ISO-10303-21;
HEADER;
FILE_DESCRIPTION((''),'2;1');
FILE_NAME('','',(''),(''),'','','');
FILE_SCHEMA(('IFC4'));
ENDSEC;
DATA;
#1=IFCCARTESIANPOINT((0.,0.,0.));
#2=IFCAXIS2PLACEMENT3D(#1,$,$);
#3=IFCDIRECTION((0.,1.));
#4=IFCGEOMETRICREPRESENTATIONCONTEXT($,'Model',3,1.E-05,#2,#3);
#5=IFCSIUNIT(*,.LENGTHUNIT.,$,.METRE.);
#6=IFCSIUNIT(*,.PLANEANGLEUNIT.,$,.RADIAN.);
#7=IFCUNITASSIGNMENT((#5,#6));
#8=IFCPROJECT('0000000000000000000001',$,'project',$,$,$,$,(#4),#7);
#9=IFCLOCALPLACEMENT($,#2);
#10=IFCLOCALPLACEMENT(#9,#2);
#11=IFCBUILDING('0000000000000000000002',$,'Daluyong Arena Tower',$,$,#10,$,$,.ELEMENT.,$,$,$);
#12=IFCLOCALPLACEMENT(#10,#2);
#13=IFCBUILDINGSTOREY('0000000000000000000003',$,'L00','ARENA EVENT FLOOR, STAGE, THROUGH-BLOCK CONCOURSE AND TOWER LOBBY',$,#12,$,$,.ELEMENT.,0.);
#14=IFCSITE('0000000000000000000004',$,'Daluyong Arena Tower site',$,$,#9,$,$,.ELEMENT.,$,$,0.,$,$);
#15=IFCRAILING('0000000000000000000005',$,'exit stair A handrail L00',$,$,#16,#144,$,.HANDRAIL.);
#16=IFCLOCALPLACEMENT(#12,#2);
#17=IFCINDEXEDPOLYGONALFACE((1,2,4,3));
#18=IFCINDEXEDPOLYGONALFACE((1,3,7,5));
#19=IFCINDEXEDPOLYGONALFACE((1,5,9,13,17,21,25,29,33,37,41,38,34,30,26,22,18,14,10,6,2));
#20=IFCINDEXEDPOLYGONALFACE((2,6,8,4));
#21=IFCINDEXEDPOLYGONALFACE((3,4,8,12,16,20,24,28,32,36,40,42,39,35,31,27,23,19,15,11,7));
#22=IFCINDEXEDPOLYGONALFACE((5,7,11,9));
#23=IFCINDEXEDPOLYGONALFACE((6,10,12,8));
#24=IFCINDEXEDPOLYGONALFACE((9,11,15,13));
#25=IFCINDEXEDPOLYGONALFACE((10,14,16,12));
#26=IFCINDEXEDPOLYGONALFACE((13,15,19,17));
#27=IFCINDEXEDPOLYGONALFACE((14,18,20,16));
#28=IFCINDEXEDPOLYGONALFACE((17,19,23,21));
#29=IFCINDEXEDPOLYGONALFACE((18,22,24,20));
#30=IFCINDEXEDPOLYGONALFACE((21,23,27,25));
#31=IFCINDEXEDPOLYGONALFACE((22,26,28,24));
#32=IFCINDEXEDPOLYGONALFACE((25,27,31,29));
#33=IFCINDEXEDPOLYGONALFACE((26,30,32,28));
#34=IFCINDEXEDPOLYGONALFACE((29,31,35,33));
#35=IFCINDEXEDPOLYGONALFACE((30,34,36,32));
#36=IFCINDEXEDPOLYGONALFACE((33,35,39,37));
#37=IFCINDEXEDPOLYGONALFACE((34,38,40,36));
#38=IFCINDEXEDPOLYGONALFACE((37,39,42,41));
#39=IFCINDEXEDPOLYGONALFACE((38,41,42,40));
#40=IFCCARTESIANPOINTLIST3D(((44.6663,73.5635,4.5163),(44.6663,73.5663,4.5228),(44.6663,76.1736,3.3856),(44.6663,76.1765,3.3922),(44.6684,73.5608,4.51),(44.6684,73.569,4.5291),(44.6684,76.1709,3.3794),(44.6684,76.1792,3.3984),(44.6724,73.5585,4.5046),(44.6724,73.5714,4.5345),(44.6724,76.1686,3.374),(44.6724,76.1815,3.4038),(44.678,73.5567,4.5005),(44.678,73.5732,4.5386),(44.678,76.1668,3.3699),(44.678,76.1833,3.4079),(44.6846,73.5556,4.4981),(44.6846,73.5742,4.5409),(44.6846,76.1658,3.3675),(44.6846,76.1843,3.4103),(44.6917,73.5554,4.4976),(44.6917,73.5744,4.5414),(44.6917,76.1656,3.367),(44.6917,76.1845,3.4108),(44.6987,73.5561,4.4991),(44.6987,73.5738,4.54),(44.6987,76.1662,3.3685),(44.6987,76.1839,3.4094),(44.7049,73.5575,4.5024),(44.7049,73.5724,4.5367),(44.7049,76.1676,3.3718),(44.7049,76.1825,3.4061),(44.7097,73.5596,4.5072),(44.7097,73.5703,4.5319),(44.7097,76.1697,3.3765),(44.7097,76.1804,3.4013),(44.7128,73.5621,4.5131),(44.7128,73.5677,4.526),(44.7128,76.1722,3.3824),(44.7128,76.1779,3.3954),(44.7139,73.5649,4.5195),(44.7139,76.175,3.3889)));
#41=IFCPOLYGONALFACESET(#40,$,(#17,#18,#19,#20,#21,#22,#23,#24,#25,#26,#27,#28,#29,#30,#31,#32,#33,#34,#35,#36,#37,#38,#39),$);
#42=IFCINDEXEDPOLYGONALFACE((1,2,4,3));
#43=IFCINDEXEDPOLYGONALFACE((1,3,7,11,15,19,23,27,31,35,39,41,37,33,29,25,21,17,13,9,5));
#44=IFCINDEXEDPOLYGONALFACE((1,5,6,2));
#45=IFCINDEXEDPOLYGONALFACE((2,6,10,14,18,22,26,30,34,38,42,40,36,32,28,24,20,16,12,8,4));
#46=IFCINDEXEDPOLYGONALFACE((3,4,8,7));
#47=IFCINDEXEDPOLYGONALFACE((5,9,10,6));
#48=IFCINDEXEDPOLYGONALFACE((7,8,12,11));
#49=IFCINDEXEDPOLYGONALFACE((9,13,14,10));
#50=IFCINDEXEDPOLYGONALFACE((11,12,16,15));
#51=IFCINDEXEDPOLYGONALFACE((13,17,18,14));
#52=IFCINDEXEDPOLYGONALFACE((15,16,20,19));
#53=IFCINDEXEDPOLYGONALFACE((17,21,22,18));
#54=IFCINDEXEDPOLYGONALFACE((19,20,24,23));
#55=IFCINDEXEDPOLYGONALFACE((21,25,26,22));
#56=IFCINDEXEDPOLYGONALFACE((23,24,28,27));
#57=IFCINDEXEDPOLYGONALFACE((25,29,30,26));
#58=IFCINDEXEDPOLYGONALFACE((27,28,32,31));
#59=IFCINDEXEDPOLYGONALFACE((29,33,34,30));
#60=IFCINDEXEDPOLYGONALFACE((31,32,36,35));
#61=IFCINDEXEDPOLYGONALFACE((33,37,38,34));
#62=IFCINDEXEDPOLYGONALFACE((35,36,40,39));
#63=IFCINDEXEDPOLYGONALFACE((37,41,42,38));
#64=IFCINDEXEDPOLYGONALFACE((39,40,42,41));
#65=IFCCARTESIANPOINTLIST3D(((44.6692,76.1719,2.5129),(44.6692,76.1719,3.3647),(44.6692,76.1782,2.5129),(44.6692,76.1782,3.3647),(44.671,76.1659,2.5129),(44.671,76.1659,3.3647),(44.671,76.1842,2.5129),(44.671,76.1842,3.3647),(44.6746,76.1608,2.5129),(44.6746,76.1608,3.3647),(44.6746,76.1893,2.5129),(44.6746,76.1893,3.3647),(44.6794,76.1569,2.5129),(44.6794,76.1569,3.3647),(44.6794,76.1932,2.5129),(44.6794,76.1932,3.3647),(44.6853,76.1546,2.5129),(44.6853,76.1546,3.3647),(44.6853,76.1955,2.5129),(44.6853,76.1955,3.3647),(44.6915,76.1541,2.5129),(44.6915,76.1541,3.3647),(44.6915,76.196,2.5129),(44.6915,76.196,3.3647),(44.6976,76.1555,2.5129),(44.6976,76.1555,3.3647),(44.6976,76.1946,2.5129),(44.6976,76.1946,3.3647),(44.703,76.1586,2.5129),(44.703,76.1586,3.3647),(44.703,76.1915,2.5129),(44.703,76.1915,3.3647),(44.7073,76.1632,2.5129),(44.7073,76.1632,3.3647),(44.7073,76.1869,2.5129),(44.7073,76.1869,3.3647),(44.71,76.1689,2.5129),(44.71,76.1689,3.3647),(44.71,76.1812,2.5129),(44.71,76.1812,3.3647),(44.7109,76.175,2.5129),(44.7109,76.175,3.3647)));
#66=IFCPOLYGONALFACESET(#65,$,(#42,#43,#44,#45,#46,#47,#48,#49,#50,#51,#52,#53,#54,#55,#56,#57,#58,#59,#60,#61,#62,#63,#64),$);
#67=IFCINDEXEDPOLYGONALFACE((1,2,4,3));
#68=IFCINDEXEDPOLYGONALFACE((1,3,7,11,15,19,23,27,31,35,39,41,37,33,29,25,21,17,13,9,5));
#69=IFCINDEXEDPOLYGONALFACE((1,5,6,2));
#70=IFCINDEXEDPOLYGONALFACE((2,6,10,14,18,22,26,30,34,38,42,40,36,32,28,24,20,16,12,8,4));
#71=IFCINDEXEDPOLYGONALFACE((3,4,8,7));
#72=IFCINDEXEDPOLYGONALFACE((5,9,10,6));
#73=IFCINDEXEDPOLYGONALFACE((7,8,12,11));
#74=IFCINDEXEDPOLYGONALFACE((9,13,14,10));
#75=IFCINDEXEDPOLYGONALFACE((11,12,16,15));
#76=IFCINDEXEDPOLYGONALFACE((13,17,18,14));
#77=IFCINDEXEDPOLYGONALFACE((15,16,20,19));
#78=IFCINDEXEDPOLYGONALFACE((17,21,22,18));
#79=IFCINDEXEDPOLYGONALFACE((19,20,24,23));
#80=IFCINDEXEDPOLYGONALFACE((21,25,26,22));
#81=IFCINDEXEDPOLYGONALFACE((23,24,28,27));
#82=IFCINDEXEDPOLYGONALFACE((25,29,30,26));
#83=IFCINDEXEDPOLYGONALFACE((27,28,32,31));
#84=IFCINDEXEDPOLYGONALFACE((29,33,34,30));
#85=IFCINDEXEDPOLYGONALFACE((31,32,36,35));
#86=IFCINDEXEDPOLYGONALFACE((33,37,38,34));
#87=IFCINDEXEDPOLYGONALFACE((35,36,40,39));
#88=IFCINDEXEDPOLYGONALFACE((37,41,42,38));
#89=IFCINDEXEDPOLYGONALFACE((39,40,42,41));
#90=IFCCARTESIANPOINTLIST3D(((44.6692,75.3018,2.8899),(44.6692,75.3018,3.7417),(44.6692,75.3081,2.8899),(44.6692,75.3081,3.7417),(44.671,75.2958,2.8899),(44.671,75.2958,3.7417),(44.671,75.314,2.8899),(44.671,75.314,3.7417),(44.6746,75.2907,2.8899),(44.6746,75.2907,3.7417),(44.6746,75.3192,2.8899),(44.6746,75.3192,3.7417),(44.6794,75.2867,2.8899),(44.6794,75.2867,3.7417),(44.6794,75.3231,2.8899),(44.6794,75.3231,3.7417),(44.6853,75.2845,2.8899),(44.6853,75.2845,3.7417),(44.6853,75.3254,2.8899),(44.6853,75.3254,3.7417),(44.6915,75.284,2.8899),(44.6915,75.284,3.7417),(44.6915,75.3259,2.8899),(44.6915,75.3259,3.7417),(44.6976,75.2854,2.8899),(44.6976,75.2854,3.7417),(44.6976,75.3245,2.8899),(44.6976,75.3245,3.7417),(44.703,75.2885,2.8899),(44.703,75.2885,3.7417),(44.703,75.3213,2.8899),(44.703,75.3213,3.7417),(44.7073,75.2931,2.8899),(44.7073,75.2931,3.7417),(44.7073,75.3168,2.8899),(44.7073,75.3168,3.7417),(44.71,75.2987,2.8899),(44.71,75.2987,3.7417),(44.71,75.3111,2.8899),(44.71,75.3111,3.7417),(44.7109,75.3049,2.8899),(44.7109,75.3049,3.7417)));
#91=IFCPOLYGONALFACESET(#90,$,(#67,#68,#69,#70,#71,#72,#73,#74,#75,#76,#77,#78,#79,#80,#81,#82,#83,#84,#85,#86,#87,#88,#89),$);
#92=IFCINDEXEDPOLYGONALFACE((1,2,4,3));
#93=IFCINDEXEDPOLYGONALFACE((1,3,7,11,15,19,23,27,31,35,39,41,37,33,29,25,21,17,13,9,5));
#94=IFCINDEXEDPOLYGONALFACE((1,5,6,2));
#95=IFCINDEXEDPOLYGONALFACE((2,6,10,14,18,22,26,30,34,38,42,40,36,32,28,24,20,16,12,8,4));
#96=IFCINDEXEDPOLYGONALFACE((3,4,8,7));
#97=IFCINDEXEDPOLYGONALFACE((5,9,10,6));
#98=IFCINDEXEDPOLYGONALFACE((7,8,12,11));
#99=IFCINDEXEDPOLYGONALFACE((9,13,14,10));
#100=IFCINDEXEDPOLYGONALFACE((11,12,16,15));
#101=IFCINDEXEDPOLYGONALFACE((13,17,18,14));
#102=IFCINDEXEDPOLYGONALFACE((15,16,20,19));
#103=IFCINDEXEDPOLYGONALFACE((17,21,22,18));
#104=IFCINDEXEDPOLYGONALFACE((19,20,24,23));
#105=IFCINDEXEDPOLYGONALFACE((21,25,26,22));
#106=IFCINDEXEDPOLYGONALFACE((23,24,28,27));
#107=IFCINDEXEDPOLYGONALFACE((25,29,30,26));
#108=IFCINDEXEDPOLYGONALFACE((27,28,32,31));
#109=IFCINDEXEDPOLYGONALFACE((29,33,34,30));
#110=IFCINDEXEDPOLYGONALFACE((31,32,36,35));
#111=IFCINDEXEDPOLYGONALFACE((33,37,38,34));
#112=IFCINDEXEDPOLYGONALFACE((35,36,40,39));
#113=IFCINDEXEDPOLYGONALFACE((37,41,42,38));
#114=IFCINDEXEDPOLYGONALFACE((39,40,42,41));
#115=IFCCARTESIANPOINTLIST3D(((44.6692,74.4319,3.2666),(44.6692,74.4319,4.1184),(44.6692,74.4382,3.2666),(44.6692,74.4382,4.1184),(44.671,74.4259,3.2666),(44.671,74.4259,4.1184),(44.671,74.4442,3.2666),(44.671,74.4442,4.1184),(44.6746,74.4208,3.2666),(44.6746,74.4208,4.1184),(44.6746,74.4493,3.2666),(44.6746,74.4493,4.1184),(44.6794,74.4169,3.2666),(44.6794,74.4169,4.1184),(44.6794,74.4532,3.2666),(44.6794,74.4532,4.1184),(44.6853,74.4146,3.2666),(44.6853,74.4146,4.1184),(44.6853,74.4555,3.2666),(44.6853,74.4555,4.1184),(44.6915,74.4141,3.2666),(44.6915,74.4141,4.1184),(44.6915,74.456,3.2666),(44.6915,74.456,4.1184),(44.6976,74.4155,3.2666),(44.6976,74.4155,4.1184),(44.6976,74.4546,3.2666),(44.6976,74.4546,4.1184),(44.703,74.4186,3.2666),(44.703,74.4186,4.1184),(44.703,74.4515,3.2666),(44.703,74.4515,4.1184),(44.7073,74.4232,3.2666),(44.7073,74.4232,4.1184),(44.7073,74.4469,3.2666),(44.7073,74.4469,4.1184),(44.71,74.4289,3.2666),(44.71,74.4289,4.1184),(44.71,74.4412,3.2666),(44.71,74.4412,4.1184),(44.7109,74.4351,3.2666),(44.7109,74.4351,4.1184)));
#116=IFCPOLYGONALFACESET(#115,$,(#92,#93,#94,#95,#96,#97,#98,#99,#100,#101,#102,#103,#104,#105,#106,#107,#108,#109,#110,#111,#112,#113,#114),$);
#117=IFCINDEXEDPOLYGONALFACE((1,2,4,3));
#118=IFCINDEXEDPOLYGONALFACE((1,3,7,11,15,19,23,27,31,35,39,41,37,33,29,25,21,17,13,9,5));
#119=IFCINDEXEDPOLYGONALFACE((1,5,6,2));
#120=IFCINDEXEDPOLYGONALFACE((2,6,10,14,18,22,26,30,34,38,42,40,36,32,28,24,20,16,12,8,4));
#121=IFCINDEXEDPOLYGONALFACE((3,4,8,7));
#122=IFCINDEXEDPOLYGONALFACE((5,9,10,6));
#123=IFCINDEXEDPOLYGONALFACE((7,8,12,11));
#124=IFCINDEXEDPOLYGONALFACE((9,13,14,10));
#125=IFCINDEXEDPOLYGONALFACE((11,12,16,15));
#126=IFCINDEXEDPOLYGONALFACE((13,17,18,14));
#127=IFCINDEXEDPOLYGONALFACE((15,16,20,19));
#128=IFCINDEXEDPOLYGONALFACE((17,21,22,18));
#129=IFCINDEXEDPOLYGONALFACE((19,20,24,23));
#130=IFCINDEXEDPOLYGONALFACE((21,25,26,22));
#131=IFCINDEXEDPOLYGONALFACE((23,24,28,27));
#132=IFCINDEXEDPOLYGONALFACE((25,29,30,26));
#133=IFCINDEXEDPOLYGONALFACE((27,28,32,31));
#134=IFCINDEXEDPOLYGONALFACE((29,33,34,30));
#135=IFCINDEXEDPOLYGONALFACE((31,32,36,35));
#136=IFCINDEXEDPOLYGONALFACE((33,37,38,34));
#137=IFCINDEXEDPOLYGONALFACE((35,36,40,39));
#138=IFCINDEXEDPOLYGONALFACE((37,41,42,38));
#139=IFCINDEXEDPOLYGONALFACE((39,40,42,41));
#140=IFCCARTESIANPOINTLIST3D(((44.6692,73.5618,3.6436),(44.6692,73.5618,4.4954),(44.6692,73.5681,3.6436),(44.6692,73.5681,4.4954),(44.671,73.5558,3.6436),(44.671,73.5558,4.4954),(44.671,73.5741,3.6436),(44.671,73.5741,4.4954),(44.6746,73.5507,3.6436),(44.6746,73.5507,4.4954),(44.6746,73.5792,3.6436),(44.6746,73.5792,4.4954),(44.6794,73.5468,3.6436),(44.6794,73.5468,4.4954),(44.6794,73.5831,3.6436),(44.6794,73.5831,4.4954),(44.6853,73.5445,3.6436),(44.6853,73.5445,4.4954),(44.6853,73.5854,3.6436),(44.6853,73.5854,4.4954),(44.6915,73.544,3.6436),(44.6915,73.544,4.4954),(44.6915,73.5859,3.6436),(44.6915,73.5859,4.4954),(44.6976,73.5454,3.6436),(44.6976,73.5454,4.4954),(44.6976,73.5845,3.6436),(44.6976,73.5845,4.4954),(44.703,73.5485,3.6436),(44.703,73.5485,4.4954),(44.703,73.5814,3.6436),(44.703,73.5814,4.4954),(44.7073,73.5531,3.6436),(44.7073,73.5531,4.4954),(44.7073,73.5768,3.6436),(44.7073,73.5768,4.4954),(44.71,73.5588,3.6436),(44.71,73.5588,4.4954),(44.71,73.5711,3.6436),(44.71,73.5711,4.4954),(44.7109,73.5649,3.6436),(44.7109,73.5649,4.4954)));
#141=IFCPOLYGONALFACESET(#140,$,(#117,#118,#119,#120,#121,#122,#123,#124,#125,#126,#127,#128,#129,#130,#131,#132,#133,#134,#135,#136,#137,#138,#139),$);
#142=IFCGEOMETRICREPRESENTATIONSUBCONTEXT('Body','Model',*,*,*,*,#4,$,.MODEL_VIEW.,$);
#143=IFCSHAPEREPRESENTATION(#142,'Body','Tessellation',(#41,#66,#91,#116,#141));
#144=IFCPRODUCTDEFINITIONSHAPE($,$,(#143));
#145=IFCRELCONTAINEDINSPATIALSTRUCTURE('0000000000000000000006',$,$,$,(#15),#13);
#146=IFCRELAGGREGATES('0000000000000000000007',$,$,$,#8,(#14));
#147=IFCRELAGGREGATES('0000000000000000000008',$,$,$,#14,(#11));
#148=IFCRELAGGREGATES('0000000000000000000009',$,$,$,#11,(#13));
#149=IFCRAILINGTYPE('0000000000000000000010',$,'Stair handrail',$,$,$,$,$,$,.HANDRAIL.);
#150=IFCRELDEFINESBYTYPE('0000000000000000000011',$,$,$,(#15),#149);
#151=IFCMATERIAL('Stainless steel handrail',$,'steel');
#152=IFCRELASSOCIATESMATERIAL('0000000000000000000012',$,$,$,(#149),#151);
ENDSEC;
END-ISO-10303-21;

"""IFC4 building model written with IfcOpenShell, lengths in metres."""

from ifc_helpers import new_model, si_unit, direction, frame, origin, origin_2d, place, context, subcontext, project, spatial, circle, extrude, material, type_object, element, save


model = new_model("IFC4")

# Units and contexts
model_context = context("Model", 3, precision=1e-05, world=origin(), true_north=direction((0.0, 1.0)))
body_context = subcontext(model_context, "Body", "Model", "MODEL_VIEW")
ifc_project = project(units=[si_unit("LENGTHUNIT", "METRE"), si_unit("PLANEANGLEUNIT", "RADIAN")], contexts=[model_context])

# Site, building, storey
site_placement = place(None, origin())
site = spatial("IfcSite", under=ifc_project, at=site_placement, Name="Daluyong Arena Tower site", CompositionType="ELEMENT", RefElevation=0.0)
building_placement = place(site_placement, origin())
building = spatial("IfcBuilding", under=site, at=building_placement, Name="Daluyong Arena Tower", CompositionType="ELEMENT")
storey_placement = place(building_placement, origin())
storey = spatial("IfcBuildingStorey", under=building, at=storey_placement, Name="L00", Description="ARENA EVENT FLOOR, STAGE, THROUGH-BLOCK CONCOURSE AND TOWER LOBBY", CompositionType="ELEMENT", Elevation=0.0)

# Railing
ifc_material_1 = material(Name="Stainless steel handrail", Category="steel")
railing_type_1 = type_object("IfcRailingType", Name="Stair handrail", PredefinedType="HANDRAIL", material=ifc_material_1)
for number, where, name in (
    (1, (44.6899, 76.175, 2.5129), "exit stair A handrail L00"),
):
    element("IfcRailing", number, at=place(storey_placement, frame(where)), inside=storey, type_object=railing_type_1, Name=name, PredefinedType="HANDRAIL", context=body_context, shape_type="SweptSolid", body=[
        extrude(circle(Radius=0.0239, at=origin_2d()), frame((0.0, 0.0, 0.876), z_axis=(0.0, -0.917611, 0.39748), x_axis=(1.0, 0.0, 0.0)), (0.0, 0.0, 1.0), 2.8445),
        extrude(circle(Radius=0.021, at=origin_2d()), origin(), (0.0, 0.0, 1.0), 0.8518),
        extrude(circle(Radius=0.021, at=origin_2d()), frame((0.0, -0.8701, 0.377)), (0.0, 0.0, 1.0), 0.8518),
        extrude(circle(Radius=0.021, at=origin_2d()), frame((0.0, -1.74, 0.7537)), (0.0, 0.0, 1.0), 0.8518),
        extrude(circle(Radius=0.021, at=origin_2d()), frame((0.0, -2.6101, 1.1306)), (0.0, 0.0, 1.0), 0.8518),
    ])

save(model, "model.ifc")
